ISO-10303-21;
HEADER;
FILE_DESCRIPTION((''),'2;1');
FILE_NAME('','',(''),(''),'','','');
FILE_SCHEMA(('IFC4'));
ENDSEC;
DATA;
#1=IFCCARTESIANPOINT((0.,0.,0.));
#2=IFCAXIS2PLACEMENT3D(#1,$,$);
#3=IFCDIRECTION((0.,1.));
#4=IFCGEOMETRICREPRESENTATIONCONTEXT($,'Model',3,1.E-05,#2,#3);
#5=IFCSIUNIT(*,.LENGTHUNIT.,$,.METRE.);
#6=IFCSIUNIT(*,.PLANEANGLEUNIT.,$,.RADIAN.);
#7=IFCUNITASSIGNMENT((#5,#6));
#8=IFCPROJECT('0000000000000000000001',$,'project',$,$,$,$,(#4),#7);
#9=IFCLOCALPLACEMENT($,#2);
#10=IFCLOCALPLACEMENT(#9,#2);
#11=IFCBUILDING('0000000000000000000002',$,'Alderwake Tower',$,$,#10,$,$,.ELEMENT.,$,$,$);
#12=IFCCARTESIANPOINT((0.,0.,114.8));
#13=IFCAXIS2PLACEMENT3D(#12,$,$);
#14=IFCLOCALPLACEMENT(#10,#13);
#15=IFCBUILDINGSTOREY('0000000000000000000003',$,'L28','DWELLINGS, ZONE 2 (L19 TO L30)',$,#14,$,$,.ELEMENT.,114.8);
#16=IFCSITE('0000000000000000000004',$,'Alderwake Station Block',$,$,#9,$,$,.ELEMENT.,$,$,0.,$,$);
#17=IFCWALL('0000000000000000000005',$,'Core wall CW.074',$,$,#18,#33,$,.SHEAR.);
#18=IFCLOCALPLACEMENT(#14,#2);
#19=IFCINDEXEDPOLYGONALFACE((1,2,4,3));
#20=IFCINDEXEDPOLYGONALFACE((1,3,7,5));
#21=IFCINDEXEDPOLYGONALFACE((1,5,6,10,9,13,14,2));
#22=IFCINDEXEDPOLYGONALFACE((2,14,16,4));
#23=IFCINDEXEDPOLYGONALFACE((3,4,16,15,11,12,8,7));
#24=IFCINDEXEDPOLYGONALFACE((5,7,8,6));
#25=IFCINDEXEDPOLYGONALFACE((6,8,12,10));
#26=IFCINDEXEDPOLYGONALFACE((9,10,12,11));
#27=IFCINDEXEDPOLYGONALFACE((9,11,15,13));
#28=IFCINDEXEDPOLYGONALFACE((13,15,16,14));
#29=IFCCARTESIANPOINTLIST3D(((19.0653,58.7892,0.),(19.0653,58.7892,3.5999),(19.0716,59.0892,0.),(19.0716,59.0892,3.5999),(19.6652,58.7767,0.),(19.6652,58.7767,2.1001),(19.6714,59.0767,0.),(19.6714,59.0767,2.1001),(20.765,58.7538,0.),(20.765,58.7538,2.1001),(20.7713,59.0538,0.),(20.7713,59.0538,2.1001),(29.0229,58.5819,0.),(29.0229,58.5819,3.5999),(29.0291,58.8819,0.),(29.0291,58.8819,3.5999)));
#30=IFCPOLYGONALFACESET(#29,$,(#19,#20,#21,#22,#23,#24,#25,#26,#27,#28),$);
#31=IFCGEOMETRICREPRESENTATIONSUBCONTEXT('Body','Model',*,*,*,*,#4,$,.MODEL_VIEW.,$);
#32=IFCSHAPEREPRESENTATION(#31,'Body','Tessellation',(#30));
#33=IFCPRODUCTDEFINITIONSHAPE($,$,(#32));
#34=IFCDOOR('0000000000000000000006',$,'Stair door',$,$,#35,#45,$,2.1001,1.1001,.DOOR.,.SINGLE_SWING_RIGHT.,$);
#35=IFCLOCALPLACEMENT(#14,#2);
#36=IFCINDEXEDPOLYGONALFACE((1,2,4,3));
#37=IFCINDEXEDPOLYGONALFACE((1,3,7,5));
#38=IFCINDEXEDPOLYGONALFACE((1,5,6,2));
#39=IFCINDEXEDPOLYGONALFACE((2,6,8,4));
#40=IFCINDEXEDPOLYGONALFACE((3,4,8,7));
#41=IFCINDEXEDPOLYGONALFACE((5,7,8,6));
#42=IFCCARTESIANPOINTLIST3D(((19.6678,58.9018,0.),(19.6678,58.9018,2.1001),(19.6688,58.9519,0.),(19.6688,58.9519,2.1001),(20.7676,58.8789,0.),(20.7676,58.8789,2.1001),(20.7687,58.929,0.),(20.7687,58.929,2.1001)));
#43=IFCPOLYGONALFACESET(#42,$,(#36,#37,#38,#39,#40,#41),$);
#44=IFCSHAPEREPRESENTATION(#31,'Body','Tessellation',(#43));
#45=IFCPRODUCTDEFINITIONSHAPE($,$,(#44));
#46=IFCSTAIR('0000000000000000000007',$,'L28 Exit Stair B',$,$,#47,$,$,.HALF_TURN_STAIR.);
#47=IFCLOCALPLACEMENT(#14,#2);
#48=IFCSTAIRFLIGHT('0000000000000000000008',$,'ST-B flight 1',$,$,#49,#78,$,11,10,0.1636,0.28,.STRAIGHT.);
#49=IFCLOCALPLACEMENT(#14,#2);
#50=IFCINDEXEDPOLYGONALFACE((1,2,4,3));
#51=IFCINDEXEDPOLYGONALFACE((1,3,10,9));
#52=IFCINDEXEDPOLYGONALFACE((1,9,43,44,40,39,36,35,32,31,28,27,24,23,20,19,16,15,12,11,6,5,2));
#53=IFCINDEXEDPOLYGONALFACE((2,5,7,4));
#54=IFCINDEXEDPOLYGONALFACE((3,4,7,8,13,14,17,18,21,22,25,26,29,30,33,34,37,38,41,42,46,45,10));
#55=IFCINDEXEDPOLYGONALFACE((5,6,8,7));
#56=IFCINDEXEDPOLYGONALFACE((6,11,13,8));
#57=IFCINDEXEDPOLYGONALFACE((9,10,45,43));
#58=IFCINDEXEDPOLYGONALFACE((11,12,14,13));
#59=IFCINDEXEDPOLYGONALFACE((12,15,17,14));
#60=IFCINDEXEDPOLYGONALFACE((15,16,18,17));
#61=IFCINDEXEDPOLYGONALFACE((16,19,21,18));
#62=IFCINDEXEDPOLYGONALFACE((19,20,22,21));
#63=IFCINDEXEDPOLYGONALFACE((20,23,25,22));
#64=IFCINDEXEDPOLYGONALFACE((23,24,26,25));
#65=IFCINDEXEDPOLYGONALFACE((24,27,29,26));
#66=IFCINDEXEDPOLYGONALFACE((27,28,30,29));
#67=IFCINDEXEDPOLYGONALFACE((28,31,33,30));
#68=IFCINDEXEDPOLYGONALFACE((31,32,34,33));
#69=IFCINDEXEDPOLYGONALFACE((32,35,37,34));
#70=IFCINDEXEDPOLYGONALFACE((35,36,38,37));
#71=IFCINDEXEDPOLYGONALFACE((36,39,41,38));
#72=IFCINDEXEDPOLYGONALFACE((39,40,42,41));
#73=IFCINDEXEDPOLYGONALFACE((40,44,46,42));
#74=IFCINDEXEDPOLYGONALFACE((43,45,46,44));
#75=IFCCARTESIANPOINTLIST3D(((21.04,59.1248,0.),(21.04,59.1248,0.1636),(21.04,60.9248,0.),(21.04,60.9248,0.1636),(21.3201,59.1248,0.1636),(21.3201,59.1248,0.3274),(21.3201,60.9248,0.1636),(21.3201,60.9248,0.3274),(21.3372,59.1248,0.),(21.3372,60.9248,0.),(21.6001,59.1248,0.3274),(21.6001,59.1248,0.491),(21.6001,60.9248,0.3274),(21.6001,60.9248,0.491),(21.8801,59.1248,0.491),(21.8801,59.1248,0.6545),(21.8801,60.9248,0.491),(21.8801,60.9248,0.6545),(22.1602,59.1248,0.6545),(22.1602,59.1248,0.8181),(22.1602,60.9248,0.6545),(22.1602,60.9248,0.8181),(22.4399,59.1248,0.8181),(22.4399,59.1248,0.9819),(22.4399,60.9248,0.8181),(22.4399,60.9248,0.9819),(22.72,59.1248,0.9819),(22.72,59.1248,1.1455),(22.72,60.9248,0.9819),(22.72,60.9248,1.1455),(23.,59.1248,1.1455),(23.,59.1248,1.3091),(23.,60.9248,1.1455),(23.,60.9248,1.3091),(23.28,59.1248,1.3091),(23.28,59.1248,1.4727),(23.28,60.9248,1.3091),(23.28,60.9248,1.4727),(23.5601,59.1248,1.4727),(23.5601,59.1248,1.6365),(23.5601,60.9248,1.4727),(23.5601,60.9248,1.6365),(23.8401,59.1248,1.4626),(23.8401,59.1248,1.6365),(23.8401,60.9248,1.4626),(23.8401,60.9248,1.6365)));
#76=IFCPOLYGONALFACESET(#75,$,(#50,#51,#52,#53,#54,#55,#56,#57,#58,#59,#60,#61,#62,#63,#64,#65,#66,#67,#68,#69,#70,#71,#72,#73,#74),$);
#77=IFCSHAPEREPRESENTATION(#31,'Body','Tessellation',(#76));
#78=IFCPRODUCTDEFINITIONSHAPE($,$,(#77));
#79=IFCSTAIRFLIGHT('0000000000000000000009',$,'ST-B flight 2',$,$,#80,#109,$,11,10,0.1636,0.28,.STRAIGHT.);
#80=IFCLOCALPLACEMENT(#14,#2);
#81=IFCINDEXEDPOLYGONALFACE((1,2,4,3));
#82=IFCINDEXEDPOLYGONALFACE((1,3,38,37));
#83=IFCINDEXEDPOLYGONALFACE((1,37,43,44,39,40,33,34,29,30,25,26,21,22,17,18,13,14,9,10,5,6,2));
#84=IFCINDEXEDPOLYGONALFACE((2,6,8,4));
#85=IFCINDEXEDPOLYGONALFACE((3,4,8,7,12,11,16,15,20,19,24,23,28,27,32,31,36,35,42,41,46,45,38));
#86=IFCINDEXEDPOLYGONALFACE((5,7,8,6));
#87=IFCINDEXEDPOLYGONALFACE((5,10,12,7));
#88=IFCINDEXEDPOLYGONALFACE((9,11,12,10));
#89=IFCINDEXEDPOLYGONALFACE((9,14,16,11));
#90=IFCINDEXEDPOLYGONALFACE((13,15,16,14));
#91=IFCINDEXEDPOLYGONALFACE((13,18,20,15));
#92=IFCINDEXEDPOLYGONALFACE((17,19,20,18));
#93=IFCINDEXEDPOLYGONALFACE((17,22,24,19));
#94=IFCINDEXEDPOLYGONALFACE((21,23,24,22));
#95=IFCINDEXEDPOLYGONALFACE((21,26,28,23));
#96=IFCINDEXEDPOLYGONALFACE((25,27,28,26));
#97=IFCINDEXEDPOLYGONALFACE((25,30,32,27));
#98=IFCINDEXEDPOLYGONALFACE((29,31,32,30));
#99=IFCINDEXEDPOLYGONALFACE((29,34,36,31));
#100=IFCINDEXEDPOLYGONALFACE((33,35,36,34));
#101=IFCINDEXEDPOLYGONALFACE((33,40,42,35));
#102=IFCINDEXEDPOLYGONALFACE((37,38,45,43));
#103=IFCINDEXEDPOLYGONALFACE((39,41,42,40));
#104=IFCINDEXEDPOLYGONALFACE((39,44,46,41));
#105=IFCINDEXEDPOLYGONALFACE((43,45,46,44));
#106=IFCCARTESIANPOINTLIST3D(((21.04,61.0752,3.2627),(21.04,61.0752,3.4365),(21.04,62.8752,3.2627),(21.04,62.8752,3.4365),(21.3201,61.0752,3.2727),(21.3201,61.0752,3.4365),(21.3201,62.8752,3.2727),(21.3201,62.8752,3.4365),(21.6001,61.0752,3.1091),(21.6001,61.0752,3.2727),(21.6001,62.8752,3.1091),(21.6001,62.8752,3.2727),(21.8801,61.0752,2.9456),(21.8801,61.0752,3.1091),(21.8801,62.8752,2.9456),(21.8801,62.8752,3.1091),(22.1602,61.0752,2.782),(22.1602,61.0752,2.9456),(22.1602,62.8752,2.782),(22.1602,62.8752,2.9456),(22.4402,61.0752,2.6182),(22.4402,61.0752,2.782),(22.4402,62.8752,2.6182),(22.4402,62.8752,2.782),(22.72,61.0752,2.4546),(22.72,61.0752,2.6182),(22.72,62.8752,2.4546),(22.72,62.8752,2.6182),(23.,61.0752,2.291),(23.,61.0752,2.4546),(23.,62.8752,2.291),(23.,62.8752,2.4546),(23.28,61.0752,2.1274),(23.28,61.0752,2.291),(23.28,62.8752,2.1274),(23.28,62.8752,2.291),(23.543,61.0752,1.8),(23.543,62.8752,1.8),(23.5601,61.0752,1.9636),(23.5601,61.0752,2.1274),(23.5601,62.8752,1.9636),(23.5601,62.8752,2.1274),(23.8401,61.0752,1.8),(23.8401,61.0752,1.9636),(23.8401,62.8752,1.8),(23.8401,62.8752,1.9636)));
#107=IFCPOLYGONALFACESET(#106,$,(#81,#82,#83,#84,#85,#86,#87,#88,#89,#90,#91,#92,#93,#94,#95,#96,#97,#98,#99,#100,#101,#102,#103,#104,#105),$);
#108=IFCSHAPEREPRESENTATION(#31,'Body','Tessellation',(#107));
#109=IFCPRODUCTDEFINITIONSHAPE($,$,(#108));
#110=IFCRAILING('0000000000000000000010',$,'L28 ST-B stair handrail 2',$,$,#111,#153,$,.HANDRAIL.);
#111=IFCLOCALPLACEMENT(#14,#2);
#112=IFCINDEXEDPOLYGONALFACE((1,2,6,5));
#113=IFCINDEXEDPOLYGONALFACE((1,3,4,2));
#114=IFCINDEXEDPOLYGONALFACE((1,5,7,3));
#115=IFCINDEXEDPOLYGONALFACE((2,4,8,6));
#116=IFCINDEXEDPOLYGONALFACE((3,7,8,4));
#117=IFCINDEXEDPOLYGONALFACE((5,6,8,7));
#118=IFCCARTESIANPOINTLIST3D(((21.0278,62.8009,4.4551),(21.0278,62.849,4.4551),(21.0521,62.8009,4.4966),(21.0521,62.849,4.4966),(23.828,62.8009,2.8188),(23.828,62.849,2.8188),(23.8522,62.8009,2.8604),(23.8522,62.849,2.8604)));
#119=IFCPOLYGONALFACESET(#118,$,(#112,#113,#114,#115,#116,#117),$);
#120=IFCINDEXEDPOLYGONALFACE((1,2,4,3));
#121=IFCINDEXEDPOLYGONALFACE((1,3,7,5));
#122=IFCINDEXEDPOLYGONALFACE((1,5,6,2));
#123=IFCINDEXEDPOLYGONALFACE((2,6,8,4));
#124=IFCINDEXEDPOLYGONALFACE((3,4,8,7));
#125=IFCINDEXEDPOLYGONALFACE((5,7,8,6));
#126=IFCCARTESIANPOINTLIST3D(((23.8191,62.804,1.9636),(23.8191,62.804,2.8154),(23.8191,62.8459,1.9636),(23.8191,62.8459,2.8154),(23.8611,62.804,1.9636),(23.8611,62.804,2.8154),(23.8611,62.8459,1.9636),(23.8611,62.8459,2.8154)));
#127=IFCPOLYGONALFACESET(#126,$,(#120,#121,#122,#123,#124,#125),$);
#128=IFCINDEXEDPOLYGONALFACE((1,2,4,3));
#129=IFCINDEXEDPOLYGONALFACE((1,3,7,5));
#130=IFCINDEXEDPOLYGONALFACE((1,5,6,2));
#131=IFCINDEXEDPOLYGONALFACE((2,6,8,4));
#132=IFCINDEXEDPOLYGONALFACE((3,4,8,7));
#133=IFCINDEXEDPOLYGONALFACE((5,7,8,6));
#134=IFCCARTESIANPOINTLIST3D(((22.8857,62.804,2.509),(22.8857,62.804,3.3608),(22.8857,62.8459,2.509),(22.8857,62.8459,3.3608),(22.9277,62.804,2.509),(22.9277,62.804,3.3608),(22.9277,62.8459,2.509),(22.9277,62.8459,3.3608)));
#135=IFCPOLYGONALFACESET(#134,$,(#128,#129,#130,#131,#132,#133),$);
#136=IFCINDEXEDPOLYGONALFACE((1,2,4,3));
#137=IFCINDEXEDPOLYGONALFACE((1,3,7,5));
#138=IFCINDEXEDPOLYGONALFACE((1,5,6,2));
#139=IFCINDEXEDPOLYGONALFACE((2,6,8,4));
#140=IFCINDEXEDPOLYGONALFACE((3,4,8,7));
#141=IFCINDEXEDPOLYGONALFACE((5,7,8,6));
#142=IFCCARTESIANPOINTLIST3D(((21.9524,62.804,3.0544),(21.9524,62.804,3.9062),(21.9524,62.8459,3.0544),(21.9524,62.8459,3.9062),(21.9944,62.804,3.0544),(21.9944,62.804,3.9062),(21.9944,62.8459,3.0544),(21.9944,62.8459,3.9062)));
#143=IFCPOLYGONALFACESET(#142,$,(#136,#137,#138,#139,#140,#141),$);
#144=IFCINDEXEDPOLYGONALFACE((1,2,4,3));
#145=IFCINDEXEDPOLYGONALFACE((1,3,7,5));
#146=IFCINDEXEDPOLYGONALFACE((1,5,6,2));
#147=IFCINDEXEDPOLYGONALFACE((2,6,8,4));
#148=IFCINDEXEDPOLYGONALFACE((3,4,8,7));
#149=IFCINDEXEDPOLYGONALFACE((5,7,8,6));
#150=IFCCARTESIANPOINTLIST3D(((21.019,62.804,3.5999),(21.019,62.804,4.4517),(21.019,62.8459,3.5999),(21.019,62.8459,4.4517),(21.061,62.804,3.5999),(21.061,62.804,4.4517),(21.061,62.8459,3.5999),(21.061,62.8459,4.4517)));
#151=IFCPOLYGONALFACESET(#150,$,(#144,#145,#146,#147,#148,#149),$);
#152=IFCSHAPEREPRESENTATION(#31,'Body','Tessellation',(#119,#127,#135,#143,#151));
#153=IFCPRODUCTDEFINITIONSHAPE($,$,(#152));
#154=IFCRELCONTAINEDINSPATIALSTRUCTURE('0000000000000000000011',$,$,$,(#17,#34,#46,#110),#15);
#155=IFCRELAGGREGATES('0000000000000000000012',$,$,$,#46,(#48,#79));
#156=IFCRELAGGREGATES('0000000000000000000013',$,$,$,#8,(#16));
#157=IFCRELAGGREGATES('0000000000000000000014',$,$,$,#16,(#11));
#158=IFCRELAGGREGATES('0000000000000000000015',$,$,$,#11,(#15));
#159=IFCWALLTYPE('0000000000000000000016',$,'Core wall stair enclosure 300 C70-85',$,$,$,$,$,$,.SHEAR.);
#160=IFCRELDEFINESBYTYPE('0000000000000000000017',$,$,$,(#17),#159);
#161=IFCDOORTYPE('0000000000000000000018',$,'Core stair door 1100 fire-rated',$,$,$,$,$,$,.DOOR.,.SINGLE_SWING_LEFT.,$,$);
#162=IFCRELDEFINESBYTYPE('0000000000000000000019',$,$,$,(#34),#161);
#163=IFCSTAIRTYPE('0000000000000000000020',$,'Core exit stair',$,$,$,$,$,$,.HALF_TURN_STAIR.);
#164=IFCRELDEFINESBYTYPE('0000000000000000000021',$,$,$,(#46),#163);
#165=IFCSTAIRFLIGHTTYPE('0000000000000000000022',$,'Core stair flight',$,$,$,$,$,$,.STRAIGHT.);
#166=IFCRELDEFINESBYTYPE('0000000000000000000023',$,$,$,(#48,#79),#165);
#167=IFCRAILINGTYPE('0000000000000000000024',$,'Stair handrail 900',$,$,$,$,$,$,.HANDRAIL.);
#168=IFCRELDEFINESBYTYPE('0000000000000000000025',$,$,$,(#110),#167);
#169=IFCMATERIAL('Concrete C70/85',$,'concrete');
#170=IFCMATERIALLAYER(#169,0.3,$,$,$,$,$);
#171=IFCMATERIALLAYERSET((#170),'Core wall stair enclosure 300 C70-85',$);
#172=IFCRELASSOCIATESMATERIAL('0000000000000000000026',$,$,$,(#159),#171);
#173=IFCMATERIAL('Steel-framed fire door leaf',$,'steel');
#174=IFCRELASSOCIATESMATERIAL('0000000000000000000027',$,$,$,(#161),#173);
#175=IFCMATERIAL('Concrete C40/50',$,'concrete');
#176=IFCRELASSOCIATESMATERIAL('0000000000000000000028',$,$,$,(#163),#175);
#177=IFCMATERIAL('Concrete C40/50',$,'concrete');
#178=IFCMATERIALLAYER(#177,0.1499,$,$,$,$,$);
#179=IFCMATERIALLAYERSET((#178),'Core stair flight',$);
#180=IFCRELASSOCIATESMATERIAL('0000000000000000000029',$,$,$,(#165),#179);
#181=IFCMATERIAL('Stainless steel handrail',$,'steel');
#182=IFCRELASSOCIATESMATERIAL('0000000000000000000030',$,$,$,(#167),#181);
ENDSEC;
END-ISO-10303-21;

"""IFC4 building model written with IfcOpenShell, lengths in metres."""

from ifc_helpers import new_model, si_unit, direction, frame, frame_2d, origin, origin_2d, place, context, subcontext, project, spatial, polyline, rectangle, outline, extrude, material, layer, layer_set, type_object, element, fill, aggregate, save


model = new_model("IFC4")

# Units and contexts
model_context = context("Model", 3, precision=1e-05, world=origin(), true_north=direction((0.0, 1.0)))
body_context = subcontext(model_context, "Body", "Model", "MODEL_VIEW")
ifc_project = project(units=[si_unit("LENGTHUNIT", "METRE"), si_unit("PLANEANGLEUNIT", "RADIAN")], contexts=[model_context])

# Site, building, storey
site_placement = place(None, origin())
site = spatial("IfcSite", under=ifc_project, at=site_placement, Name="Alderwake Station Block", CompositionType="ELEMENT", RefElevation=0.0)
building_placement = place(site_placement, origin())
building = spatial("IfcBuilding", under=site, at=building_placement, Name="Alderwake Tower", CompositionType="ELEMENT")
storey_placement = place(building_placement, frame((0.0, 0.0, 114.8)))
storey = spatial("IfcBuildingStorey", under=building, at=storey_placement, Name="L28", Description="DWELLINGS, ZONE 2 (L19 TO L30)", CompositionType="ELEMENT", Elevation=114.8)

# Wall, opening, door
ifc_material_1 = material(Name="Concrete C70/85", Category="concrete")
ifc_layer_1 = layer(ifc_material_1, 0.3)
ifc_layer_set_1 = layer_set([ifc_layer_1], Name="Core wall stair enclosure 300 C70-85")
wall_type_1 = type_object("IfcWallType", Name="Core wall stair enclosure 300 C70-85", PredefinedType="SHEAR", material=ifc_layer_set_1)
wall_1_placement = place(storey_placement, frame((29.0261, 58.7319, 0.0), z_axis=(0.0, 0.0, 1.0), x_axis=(-0.999783, 0.020811, 0.0)))
wall_1 = element("IfcWall", 1, at=wall_1_placement, inside=storey, type_object=wall_type_1, Name="Core wall CW.074", PredefinedType="SHEAR", context=body_context, shape_type="SweptSolid", body=[
    extrude(rectangle(XDim=9.9597, YDim=0.3, at=frame_2d((4.98, 0.0))), origin(), (0.0, 0.0, 1.0), 3.5999),
])
opening_1_placement = place(wall_1_placement, frame((8.2598, 0.0, 0.0)))
opening_1 = element("IfcOpeningElement", 2, at=opening_1_placement, cuts=wall_1, PredefinedType="OPENING", context=body_context, shape_type="SweptSolid", body=[
    extrude(rectangle(XDim=1.1001, YDim=2.1001, at=frame_2d((0.55, 1.05))), frame((0.0, 0.1599, 0.0), z_axis=(0.0, -1.0, 0.0), x_axis=(1.0, 0.0, 0.0)), (0.0, 0.0, 1.0), 0.3201),
])
ifc_material_2 = material(Name="Steel-framed fire door leaf", Category="steel")
door_type_1 = type_object("IfcDoorType", Name="Core stair door 1100 fire-rated", OperationType="SINGLE_SWING_LEFT", PredefinedType="DOOR", material=ifc_material_2)
door_1_placement = place(opening_1_placement, origin())
door_1 = element("IfcDoor", 3, at=door_1_placement, inside=storey, type_object=door_type_1, Name="Stair door", OperationType="SINGLE_SWING_RIGHT", OverallHeight=2.1001, OverallWidth=1.1001, PredefinedType="DOOR", context=body_context, shape_type="SweptSolid", body=[
    extrude(rectangle(XDim=1.1001, YDim=2.1001, at=frame_2d((0.55, 1.05))), frame((0.0, 0.0249, 0.0), z_axis=(0.0, -1.0, 0.0), x_axis=(1.0, 0.0, 0.0)), (0.0, 0.0, 1.0), 0.05),
])
fill(opening_1, door_1)

# Stair, stair flights
ifc_material_3 = material(Name="Concrete C40/50", Category="concrete")
stair_type = type_object("IfcStairType", Name="Core exit stair", PredefinedType="HALF_TURN_STAIR", material=ifc_material_3)
stair_placement = place(storey_placement, origin())
stair = element("IfcStair", 4, at=stair_placement, inside=storey, type_object=stair_type, Name="L28 Exit Stair B", PredefinedType="HALF_TURN_STAIR")
ifc_material_4 = material(Name="Concrete C40/50", Category="concrete")
ifc_layer_2 = layer(ifc_material_4, 0.1499)
ifc_layer_set_2 = layer_set([ifc_layer_2], Name="Core stair flight")
stair_flight_type = type_object("IfcStairFlightType", Name="Core stair flight", PredefinedType="STRAIGHT", material=ifc_layer_set_2)
stair_flight_1_placement = place(storey_placement, frame((21.04, 60.0249, 0.0), z_axis=(0.0, 0.0, 1.0), x_axis=(1.0, 0.0, 0.0)))
stair_flight_1 = element("IfcStairFlight", 5, at=stair_flight_1_placement, type_object=stair_flight_type, Name="ST-B flight 1", NumberOfRisers=11, NumberOfTreads=10, PredefinedType="STRAIGHT", RiserHeight=0.1636, TreadLength=0.28, context=body_context, shape_type="SweptSolid", body=[
    extrude(outline(polyline([(0.0, 0.0), (0.0, 0.1636), (0.28, 0.1636), (0.28, 0.3274), (0.5601, 0.3274), (0.5601, 0.491), (0.8401, 0.491), (0.8401, 0.6545), (1.1201, 0.6545), (1.1201, 0.8181), (1.3999, 0.8181), (1.3999, 0.9819), (1.6799, 0.9819), (1.6799, 1.1455), (1.96, 1.1455), (1.96, 1.3091), (2.24, 1.3091), (2.24, 1.4727), (2.52, 1.4727), (2.52, 1.6365), (2.8, 1.6365), (2.8, 1.8), (2.8, 1.4626), (0.2971, 0.0), (0.0, 0.0)])), frame((0.0, 0.8999, 0.0), z_axis=(0.0, -1.0, 0.0), x_axis=(1.0, 0.0, 0.0)), (0.0, 0.0, 1.0), 1.8),
])
stair_flight_2_placement = place(storey_placement, frame((23.8401, 61.9751, 1.8), z_axis=(0.0, 0.0, 1.0), x_axis=(-1.0, 0.0, 0.0)))
stair_flight_2 = element("IfcStairFlight", 6, at=stair_flight_2_placement, type_object=stair_flight_type, Name="ST-B flight 2", NumberOfRisers=11, NumberOfTreads=10, PredefinedType="STRAIGHT", RiserHeight=0.1636, TreadLength=0.28, context=body_context, shape_type="SweptSolid", body=[
    extrude(outline(polyline([(0.0, 0.0), (0.0, 0.1636), (0.28, 0.1636), (0.28, 0.3274), (0.5601, 0.3274), (0.5601, 0.491), (0.8401, 0.491), (0.8401, 0.6545), (1.1201, 0.6545), (1.1201, 0.8181), (1.3999, 0.8181), (1.3999, 0.9819), (1.6799, 0.9819), (1.6799, 1.1455), (1.96, 1.1455), (1.96, 1.3091), (2.24, 1.3091), (2.24, 1.4727), (2.52, 1.4727), (2.52, 1.6365), (2.8, 1.6365), (2.8, 1.8), (2.8, 1.4626), (0.2971, 0.0), (0.0, 0.0)])), frame((0.0, 0.8999, 0.0), z_axis=(0.0, -1.0, 0.0), x_axis=(1.0, 0.0, 0.0)), (0.0, 0.0, 1.0), 1.8),
])
aggregate(stair, [stair_flight_1, stair_flight_2])

# Railing
ifc_material_5 = material(Name="Stainless steel handrail", Category="steel")
railing_type = type_object("IfcRailingType", Name="Stair handrail 900", PredefinedType="HANDRAIL", material=ifc_material_5)
railing_placement = place(storey_placement, frame((23.8401, 62.825, 1.9636)))
element("IfcRailing", 7, at=railing_placement, inside=storey, type_object=railing_type, Name="L28 ST-B stair handrail 2", PredefinedType="HANDRAIL", context=body_context, shape_type="SweptSolid", body=[
    extrude(rectangle(XDim=0.0481, YDim=0.0481, at=origin_2d()), frame((0.0, 0.0, 0.876), z_axis=(-0.863394, 0.0, 0.504531), x_axis=(0.0, -1.0, 0.0)), (0.0, 0.0, 1.0), 3.2432),
    extrude(rectangle(XDim=0.042, YDim=0.042, at=origin_2d()), frame((0.0, 0.0, 0.0), z_axis=(0.0, 0.0, 1.0), x_axis=(-1.0, 0.0, 0.0)), (0.0, 0.0, 1.0), 0.8518),
    extrude(rectangle(XDim=0.042, YDim=0.042, at=origin_2d()), frame((-0.9333, 0.0, 0.5454), z_axis=(0.0, 0.0, 1.0), x_axis=(-1.0, 0.0, 0.0)), (0.0, 0.0, 1.0), 0.8518),
    extrude(rectangle(XDim=0.042, YDim=0.042, at=origin_2d()), frame((-1.8667, 0.0, 1.0908), z_axis=(0.0, 0.0, 1.0), x_axis=(-1.0, 0.0, 0.0)), (0.0, 0.0, 1.0), 0.8518),
    extrude(rectangle(XDim=0.042, YDim=0.042, at=origin_2d()), frame((-2.8, 0.0, 1.6362), z_axis=(0.0, 0.0, 1.0), x_axis=(-1.0, 0.0, 0.0)), (0.0, 0.0, 1.0), 0.8518),
])

save(model, "model.ifc")
